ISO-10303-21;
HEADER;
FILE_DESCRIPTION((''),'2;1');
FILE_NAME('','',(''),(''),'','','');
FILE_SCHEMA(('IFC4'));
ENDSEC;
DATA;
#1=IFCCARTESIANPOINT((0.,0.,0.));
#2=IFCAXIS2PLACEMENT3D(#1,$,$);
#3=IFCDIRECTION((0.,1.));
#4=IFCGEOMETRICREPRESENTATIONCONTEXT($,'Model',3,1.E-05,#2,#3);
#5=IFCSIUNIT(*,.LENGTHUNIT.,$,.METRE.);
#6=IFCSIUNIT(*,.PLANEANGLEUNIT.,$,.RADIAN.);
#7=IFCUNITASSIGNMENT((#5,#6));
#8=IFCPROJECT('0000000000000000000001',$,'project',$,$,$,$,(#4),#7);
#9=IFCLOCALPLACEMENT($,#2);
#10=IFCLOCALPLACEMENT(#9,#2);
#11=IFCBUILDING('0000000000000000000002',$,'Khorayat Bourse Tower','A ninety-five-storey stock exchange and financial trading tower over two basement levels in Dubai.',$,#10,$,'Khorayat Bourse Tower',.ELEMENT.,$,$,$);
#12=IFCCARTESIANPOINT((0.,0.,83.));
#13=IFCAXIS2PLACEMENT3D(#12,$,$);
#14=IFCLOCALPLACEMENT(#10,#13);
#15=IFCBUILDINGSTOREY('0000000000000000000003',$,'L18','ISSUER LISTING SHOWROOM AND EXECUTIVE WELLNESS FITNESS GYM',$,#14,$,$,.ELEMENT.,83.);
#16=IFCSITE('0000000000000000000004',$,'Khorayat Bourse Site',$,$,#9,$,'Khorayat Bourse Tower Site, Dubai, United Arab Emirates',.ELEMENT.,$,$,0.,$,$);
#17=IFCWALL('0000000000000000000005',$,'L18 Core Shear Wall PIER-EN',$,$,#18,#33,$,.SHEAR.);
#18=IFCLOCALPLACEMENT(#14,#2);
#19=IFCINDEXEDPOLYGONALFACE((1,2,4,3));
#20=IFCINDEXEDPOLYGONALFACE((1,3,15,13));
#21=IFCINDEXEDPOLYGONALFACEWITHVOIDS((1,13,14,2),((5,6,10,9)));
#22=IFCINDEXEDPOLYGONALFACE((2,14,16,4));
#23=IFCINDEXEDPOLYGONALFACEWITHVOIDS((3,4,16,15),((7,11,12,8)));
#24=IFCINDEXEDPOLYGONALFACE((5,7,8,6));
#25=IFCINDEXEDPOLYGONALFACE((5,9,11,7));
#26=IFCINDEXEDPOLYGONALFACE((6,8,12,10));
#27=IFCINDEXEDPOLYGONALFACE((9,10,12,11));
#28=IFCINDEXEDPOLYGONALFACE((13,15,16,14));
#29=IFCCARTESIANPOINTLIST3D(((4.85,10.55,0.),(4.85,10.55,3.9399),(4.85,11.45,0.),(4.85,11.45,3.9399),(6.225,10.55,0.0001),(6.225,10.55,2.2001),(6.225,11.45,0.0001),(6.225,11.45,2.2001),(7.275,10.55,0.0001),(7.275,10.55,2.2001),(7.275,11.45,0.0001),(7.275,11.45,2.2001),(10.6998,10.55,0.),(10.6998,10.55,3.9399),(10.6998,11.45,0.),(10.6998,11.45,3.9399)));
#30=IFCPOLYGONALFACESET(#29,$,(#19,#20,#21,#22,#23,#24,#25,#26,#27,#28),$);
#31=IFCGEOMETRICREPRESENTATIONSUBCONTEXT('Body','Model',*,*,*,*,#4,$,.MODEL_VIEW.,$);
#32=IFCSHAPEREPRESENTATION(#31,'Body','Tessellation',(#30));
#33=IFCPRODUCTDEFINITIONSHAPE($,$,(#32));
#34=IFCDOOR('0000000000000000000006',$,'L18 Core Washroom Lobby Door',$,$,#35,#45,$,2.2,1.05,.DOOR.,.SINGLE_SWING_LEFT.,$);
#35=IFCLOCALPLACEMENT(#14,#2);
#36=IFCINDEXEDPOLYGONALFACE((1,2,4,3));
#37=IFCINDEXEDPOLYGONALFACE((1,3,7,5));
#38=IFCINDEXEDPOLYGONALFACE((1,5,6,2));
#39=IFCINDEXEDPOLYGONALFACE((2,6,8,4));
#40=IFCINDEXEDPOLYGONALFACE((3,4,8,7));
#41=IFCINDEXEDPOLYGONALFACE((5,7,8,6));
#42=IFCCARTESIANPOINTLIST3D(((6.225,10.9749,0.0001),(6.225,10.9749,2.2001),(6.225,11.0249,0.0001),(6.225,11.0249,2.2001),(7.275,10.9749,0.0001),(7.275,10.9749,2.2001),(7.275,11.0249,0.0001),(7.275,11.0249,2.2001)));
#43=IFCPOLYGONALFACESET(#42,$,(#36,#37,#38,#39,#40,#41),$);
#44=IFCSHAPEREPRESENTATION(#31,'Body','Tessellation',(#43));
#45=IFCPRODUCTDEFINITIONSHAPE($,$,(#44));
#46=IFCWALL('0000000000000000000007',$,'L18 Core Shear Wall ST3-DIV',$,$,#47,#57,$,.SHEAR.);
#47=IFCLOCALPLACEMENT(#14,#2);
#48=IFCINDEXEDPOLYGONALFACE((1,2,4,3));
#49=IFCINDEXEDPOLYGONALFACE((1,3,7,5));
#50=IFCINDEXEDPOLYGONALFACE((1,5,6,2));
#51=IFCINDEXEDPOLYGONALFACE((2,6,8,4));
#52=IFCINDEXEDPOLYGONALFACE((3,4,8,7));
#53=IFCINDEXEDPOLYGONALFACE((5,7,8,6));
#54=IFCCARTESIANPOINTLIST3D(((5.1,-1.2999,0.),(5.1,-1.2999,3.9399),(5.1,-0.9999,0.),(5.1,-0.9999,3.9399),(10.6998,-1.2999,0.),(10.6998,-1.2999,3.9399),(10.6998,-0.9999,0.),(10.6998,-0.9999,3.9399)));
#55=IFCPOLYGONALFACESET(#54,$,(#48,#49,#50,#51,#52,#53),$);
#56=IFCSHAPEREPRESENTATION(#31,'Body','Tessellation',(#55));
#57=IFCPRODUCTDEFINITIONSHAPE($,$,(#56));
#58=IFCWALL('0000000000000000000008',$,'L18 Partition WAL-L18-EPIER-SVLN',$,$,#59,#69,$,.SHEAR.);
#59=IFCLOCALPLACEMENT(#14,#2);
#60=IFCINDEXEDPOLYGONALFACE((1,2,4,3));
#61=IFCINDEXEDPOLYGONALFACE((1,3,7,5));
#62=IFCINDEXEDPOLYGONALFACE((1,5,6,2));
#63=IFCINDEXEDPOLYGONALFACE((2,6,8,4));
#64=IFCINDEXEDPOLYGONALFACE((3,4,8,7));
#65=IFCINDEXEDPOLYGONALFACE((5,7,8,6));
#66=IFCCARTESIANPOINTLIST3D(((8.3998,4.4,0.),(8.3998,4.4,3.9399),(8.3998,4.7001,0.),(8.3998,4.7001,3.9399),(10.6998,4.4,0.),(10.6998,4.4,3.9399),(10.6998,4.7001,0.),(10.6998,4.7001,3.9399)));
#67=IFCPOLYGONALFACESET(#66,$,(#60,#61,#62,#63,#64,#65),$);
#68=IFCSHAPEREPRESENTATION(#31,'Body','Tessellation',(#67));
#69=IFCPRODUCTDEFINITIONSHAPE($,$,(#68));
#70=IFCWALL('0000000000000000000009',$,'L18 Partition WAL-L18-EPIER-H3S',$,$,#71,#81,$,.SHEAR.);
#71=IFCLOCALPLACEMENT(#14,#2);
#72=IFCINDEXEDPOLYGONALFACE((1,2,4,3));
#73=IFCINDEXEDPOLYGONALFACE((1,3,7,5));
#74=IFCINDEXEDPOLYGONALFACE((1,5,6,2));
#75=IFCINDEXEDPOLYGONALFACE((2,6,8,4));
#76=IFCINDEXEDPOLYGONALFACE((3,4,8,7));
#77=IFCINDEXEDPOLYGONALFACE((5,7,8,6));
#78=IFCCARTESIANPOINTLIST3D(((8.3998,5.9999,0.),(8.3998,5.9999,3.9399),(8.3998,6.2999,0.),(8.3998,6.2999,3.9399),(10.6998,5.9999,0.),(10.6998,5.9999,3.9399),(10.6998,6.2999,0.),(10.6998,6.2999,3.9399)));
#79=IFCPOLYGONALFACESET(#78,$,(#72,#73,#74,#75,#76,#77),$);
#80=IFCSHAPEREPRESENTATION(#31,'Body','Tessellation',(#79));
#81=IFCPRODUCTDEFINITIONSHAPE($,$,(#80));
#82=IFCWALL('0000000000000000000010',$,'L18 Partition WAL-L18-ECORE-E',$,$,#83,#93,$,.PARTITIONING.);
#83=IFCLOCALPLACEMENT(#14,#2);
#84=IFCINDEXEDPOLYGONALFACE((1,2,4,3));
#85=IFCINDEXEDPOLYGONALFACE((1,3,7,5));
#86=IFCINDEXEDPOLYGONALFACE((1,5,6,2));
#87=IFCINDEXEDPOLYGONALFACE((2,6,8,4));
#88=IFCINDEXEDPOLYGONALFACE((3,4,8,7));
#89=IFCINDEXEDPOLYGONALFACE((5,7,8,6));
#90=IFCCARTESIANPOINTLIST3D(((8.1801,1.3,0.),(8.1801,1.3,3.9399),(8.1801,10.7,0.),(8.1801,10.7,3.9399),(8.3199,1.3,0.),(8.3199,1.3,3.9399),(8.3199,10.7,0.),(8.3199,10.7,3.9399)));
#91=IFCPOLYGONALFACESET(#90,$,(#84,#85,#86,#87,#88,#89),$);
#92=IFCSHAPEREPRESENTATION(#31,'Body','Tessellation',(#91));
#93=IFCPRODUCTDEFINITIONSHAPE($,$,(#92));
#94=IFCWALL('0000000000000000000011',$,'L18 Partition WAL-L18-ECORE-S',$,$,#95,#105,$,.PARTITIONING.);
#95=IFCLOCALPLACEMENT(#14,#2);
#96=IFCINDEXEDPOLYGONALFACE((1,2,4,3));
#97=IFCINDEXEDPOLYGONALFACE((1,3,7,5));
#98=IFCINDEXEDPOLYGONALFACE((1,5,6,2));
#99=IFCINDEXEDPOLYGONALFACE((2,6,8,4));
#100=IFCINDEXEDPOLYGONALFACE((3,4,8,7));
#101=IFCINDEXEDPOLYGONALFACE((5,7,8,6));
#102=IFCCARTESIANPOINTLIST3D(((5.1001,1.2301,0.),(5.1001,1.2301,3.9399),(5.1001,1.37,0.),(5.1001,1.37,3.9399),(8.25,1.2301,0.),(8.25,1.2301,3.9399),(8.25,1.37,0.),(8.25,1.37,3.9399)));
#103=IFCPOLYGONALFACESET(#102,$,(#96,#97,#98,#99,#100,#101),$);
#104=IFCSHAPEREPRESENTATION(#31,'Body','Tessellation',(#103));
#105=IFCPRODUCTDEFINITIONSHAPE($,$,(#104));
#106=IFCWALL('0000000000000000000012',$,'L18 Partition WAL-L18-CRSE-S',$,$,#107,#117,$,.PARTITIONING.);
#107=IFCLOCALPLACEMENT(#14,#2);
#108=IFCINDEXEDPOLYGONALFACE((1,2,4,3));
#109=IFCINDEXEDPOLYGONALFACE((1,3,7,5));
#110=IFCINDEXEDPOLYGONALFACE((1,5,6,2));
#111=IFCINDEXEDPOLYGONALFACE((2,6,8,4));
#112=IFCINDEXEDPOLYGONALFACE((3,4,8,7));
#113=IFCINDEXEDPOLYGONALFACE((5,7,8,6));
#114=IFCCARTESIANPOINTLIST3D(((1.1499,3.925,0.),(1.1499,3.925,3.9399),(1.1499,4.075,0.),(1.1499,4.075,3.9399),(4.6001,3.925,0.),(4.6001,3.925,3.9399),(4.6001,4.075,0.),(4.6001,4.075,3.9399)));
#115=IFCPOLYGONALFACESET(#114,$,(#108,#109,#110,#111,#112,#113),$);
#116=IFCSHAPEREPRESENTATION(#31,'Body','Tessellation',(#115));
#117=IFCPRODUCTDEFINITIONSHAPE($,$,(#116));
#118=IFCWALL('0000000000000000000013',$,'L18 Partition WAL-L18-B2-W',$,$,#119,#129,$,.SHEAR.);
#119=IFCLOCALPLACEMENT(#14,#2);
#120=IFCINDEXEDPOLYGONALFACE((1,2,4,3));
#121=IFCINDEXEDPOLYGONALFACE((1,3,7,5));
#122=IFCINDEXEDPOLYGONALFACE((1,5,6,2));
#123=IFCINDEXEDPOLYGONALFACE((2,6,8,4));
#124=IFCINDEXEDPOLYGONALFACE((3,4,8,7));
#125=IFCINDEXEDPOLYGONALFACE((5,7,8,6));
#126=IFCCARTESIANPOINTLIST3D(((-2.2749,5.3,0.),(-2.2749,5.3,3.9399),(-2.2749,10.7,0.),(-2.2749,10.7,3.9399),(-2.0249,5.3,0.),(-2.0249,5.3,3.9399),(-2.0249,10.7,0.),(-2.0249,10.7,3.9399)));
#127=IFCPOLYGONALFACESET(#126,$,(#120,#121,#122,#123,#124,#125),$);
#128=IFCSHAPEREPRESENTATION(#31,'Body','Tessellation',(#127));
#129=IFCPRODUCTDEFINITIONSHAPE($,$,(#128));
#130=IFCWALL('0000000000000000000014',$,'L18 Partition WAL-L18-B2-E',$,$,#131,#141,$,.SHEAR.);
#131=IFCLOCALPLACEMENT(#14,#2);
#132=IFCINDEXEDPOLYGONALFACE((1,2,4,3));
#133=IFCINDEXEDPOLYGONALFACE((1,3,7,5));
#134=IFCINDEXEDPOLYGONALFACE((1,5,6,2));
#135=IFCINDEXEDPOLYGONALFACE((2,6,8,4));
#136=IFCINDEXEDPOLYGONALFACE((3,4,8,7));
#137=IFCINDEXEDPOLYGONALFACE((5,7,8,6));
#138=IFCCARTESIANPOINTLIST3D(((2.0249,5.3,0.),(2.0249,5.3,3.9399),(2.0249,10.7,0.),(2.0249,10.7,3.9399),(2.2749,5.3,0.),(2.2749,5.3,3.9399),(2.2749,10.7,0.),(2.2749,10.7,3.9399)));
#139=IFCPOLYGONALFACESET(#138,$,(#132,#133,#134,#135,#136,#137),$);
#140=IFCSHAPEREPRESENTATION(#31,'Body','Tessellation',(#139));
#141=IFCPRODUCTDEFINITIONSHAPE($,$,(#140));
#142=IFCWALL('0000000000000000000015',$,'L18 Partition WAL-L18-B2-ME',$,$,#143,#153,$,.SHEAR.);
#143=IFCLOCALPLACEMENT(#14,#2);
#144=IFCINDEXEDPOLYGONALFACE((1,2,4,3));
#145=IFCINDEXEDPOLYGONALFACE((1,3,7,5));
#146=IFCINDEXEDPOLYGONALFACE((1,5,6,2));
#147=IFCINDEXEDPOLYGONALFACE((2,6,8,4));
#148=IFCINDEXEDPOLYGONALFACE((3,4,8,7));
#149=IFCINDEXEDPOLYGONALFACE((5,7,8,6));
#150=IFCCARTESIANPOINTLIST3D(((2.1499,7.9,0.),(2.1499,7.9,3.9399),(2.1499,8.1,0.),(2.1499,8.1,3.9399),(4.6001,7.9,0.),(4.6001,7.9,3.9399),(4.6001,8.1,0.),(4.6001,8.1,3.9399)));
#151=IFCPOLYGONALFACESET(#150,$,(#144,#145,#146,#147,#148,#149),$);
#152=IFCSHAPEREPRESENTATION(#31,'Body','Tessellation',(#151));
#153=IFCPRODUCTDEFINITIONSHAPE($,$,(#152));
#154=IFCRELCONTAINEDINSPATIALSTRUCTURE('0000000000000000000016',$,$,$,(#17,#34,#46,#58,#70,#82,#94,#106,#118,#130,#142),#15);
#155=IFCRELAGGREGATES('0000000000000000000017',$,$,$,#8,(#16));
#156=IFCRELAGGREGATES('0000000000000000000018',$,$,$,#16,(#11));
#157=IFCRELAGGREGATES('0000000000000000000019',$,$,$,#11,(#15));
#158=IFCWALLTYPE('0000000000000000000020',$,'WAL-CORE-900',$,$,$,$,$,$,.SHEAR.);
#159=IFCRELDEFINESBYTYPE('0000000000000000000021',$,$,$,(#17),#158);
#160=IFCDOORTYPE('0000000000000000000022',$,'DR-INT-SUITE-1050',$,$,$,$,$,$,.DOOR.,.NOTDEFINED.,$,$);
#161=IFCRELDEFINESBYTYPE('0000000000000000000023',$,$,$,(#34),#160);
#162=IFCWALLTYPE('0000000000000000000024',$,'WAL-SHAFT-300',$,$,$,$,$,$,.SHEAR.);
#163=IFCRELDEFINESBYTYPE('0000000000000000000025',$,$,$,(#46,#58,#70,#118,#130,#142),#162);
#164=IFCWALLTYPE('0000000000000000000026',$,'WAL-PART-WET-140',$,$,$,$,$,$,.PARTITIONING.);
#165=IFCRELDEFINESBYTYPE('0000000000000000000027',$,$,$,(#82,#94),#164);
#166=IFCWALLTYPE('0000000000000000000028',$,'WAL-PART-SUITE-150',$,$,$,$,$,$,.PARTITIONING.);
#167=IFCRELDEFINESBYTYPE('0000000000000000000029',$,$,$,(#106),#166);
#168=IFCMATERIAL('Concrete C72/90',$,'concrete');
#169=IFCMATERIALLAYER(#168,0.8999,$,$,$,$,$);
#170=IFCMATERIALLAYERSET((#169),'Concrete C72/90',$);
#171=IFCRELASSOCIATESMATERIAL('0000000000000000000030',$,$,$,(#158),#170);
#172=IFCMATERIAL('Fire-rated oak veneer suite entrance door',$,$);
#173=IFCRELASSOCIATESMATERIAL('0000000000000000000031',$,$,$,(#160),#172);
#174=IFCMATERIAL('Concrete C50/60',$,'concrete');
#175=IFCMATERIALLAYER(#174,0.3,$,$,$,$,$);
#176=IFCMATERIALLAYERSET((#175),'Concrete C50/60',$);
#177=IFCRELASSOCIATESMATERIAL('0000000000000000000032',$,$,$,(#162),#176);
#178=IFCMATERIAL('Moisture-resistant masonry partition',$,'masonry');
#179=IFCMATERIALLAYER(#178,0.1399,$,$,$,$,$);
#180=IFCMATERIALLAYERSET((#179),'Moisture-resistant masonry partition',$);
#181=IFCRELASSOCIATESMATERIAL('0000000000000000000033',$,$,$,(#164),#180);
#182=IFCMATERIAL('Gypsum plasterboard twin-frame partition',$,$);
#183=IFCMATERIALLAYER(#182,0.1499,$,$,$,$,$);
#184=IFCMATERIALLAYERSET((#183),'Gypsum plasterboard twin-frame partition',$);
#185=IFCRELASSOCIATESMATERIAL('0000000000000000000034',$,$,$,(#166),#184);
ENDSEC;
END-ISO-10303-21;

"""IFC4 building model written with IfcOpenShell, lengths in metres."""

from ifc_helpers import new_model, si_unit, direction, frame, frame_2d, origin, place, context, subcontext, project, spatial, rectangle, extrude, source, transform, mapped, material, layer, layer_set, type_object, element, fill, save


model = new_model("IFC4")

# Units and contexts
model_context = context("Model", 3, precision=1e-05, world=origin(), true_north=direction((0.0, 1.0)))
body_context = subcontext(model_context, "Body", "Model", "MODEL_VIEW")
ifc_project = project(units=[si_unit("LENGTHUNIT", "METRE"), si_unit("PLANEANGLEUNIT", "RADIAN")], contexts=[model_context])

# Site, building, storey
site_placement = place(None, origin())
site = spatial("IfcSite", under=ifc_project, at=site_placement, Name="Khorayat Bourse Site", LongName="Khorayat Bourse Tower Site, Dubai, United Arab Emirates", CompositionType="ELEMENT", RefElevation=0.0)
building_placement = place(site_placement, origin())
building = spatial("IfcBuilding", under=site, at=building_placement, Name="Khorayat Bourse Tower", Description="A ninety-five-storey stock exchange and financial trading tower over two basement levels in Dubai.", LongName="Khorayat Bourse Tower", CompositionType="ELEMENT")
storey_placement = place(building_placement, frame((0.0, 0.0, 83.0)))
storey = spatial("IfcBuildingStorey", under=building, at=storey_placement, Name="L18", Description="ISSUER LISTING SHOWROOM AND EXECUTIVE WELLNESS FITNESS GYM", CompositionType="ELEMENT", Elevation=83.0)

# Shared definitions
ifc_material_1 = material(Name="Concrete C72/90", Category="concrete")

# Wall, opening, door
ifc_layer_1 = layer(ifc_material_1, 0.8999)
ifc_layer_set_1 = layer_set([ifc_layer_1], Name="Concrete C72/90")
wall_type_1 = type_object("IfcWallType", Name="WAL-CORE-900", PredefinedType="SHEAR", material=ifc_layer_set_1)
shared_shape_1 = source(origin(), body_context, "Body", "SweptSolid", [
    extrude(rectangle(XDim=5.8499, YDim=0.8999, at=frame_2d((2.9248, 0.0))), origin(), (0.0, 0.0, 1.0), 3.9399),
])
wall_1_placement = place(storey_placement, frame((4.8501, 11.0, 0.0), z_axis=(0.0, 0.0, 1.0), x_axis=(1.0, 0.0, 0.0)))
wall_1 = element("IfcWall", 1, at=wall_1_placement, inside=storey, type_object=wall_type_1, Name="L18 Core Shear Wall PIER-EN", PredefinedType="SHEAR", context=body_context, shape_type="MappedRepresentation", body=[
    mapped(shared_shape_1, transform((0.0, 0.0, 0.0), scale=1.0)),
])
shared_shape_2 = source(origin(), body_context, "Body", "SweptSolid", [
    extrude(rectangle(XDim=1.05, YDim=2.2, at=frame_2d((0.5249, 1.1001))), frame((0.0, 0.46, 0.0), z_axis=(0.0, -1.0, 0.0), x_axis=(1.0, 0.0, 0.0)), (0.0, 0.0, 1.0), 0.9199),
])
opening_1_placement = place(wall_1_placement, frame((1.375, 0.0, 0.0)))
opening_1 = element("IfcOpeningElement", 2, at=opening_1_placement, cuts=wall_1, PredefinedType="OPENING", context=body_context, shape_type="MappedRepresentation", body=[
    mapped(shared_shape_2, transform((0.0, 0.0, 0.0), scale=1.0)),
])
ifc_material_2 = material(Name="Fire-rated oak veneer suite entrance door")
door_type_1 = type_object("IfcDoorType", Name="DR-INT-SUITE-1050", OperationType="NOTDEFINED", PredefinedType="DOOR", material=ifc_material_2)
shared_shape_3 = source(origin(), body_context, "Body", "SweptSolid", [
    extrude(rectangle(XDim=1.05, YDim=2.2, at=frame_2d((0.5249, 1.1001))), frame((0.0, 0.0249, 0.0), z_axis=(0.0, -1.0, 0.0), x_axis=(1.0, 0.0, 0.0)), (0.0, 0.0, 1.0), 0.05),
])
door_1_placement = place(opening_1_placement, origin())
door_1 = element("IfcDoor", 3, at=door_1_placement, inside=storey, type_object=door_type_1, Name="L18 Core Washroom Lobby Door", OperationType="SINGLE_SWING_LEFT", OverallHeight=2.2, OverallWidth=1.05, PredefinedType="DOOR", context=body_context, shape_type="MappedRepresentation", body=[
    mapped(shared_shape_3, transform((0.0, 0.0, 0.0), scale=1.0)),
])
fill(opening_1, door_1)

# Walls
ifc_material_3 = material(Name="Concrete C50/60", Category="concrete")
ifc_layer_2 = layer(ifc_material_3, 0.3)
ifc_layer_set_2 = layer_set([ifc_layer_2], Name="Concrete C50/60")
wall_type_2 = type_object("IfcWallType", Name="WAL-SHAFT-300", PredefinedType="SHEAR", material=ifc_layer_set_2)
shared_shape_4 = source(origin(), body_context, "Body", "SweptSolid", [
    extrude(rectangle(XDim=5.5999, YDim=0.3, at=frame_2d((2.7998, 0.0))), origin(), (0.0, 0.0, 1.0), 3.9399),
])
wall_2_placement = place(storey_placement, frame((5.1001, -1.1499, 0.0), z_axis=(0.0, 0.0, 1.0), x_axis=(1.0, 0.0, 0.0)))
element("IfcWall", 4, at=wall_2_placement, inside=storey, type_object=wall_type_2, Name="L18 Core Shear Wall ST3-DIV", PredefinedType="SHEAR", context=body_context, shape_type="MappedRepresentation", body=[
    mapped(shared_shape_4, transform((0.0, 0.0, 0.0), scale=1.0)),
])
shared_shape_5 = source(origin(), body_context, "Body", "SweptSolid", [
    extrude(rectangle(XDim=2.3, YDim=0.3, at=frame_2d((1.1499, 0.0))), origin(), (0.0, 0.0, 1.0), 3.9399),
])
for number, where, z_axis, x_axis, name in (
    (5, (8.3999, 4.55, 0.0), (0.0, 0.0, 1.0), (1.0, 0.0, 0.0), "L18 Partition WAL-L18-EPIER-SVLN"),
    (6, (8.3999, 6.1499, 0.0), (0.0, 0.0, 1.0), (1.0, 0.0, 0.0), "L18 Partition WAL-L18-EPIER-H3S"),
):
    element("IfcWall", number, at=place(storey_placement, frame(where, z_axis=z_axis, x_axis=x_axis)), inside=storey, type_object=wall_type_2, Name=name, PredefinedType="SHEAR", context=body_context, shape_type="MappedRepresentation", body=[
        mapped(shared_shape_5, transform((0.0, 0.0, 0.0), scale=1.0)),
    ])
ifc_material_4 = material(Name="Moisture-resistant masonry partition", Category="masonry")
ifc_layer_3 = layer(ifc_material_4, 0.1399)
ifc_layer_set_3 = layer_set([ifc_layer_3], Name="Moisture-resistant masonry partition")
wall_type_3 = type_object("IfcWallType", Name="WAL-PART-WET-140", PredefinedType="PARTITIONING", material=ifc_layer_set_3)
shared_shape_6 = source(origin(), body_context, "Body", "SweptSolid", [
    extrude(rectangle(XDim=9.3999, YDim=0.1399, at=frame_2d((4.7, 0.0))), origin(), (0.0, 0.0, 1.0), 3.9399),
])
wall_3_placement = place(storey_placement, frame((8.25, 1.3, 0.0), z_axis=(0.0, 0.0, 1.0), x_axis=(0.0, 1.0, 0.0)))
element("IfcWall", 7, at=wall_3_placement, inside=storey, type_object=wall_type_3, Name="L18 Partition WAL-L18-ECORE-E", PredefinedType="PARTITIONING", context=body_context, shape_type="MappedRepresentation", body=[
    mapped(shared_shape_6, transform((0.0, 0.0, 0.0), scale=1.0)),
])
shared_shape_7 = source(origin(), body_context, "Body", "SweptSolid", [
    extrude(rectangle(XDim=3.1499, YDim=0.1399, at=frame_2d((1.575, 0.0))), origin(), (0.0, 0.0, 1.0), 3.9399),
])
wall_4_placement = place(storey_placement, frame((5.1001, 1.3, 0.0), z_axis=(0.0, 0.0, 1.0), x_axis=(1.0, 0.0, 0.0)))
element("IfcWall", 8, at=wall_4_placement, inside=storey, type_object=wall_type_3, Name="L18 Partition WAL-L18-ECORE-S", PredefinedType="PARTITIONING", context=body_context, shape_type="MappedRepresentation", body=[
    mapped(shared_shape_7, transform((0.0, 0.0, 0.0), scale=1.0)),
])

# Walls
ifc_material_5 = material(Name="Gypsum plasterboard twin-frame partition")
ifc_layer_4 = layer(ifc_material_5, 0.1499)
ifc_layer_set_4 = layer_set([ifc_layer_4], Name="Gypsum plasterboard twin-frame partition")
wall_type_4 = type_object("IfcWallType", Name="WAL-PART-SUITE-150", PredefinedType="PARTITIONING", material=ifc_layer_set_4)
shared_shape_8 = source(origin(), body_context, "Body", "SweptSolid", [
    extrude(rectangle(XDim=3.4502, YDim=0.1499, at=frame_2d((1.7251, 0.0))), origin(), (0.0, 0.0, 1.0), 3.9399),
])
wall_5_placement = place(storey_placement, frame((1.1499, 4.0, 0.0), z_axis=(0.0, 0.0, 1.0), x_axis=(1.0, 0.0, 0.0)))
element("IfcWall", 9, at=wall_5_placement, inside=storey, type_object=wall_type_4, Name="L18 Partition WAL-L18-CRSE-S", PredefinedType="PARTITIONING", context=body_context, shape_type="MappedRepresentation", body=[
    mapped(shared_shape_8, transform((0.0, 0.0, 0.0), scale=1.0)),
])
shared_shape_9 = source(origin(), body_context, "Body", "SweptSolid", [
    extrude(rectangle(XDim=5.3999, YDim=0.25, at=frame_2d((2.7, 0.0))), origin(), (0.0, 0.0, 1.0), 3.9399),
])
for number, where, z_axis, x_axis, name in (
    (10, (-2.1499, 5.3, 0.0), (0.0, 0.0, 1.0), (0.0, 1.0, 0.0), "L18 Partition WAL-L18-B2-W"),
    (11, (2.1499, 5.3, 0.0), (0.0, 0.0, 1.0), (0.0, 1.0, 0.0), "L18 Partition WAL-L18-B2-E"),
):
    element("IfcWall", number, at=place(storey_placement, frame(where, z_axis=z_axis, x_axis=x_axis)), inside=storey, type_object=wall_type_2, Name=name, PredefinedType="SHEAR", context=body_context, shape_type="MappedRepresentation", body=[
        mapped(shared_shape_9, transform((0.0, 0.0, 0.0), scale=1.0)),
    ])
shared_shape_10 = source(origin(), body_context, "Body", "SweptSolid", [
    extrude(rectangle(XDim=2.4502, YDim=0.2, at=frame_2d((1.2251, 0.0))), origin(), (0.0, 0.0, 1.0), 3.9399),
])
wall_6_placement = place(storey_placement, frame((2.1499, 8.0, 0.0), z_axis=(0.0, 0.0, 1.0), x_axis=(1.0, 0.0, 0.0)))
element("IfcWall", 12, at=wall_6_placement, inside=storey, type_object=wall_type_2, Name="L18 Partition WAL-L18-B2-ME", PredefinedType="SHEAR", context=body_context, shape_type="MappedRepresentation", body=[
    mapped(shared_shape_10, transform((0.0, 0.0, 0.0), scale=1.0)),
])

save(model, "model.ifc")
